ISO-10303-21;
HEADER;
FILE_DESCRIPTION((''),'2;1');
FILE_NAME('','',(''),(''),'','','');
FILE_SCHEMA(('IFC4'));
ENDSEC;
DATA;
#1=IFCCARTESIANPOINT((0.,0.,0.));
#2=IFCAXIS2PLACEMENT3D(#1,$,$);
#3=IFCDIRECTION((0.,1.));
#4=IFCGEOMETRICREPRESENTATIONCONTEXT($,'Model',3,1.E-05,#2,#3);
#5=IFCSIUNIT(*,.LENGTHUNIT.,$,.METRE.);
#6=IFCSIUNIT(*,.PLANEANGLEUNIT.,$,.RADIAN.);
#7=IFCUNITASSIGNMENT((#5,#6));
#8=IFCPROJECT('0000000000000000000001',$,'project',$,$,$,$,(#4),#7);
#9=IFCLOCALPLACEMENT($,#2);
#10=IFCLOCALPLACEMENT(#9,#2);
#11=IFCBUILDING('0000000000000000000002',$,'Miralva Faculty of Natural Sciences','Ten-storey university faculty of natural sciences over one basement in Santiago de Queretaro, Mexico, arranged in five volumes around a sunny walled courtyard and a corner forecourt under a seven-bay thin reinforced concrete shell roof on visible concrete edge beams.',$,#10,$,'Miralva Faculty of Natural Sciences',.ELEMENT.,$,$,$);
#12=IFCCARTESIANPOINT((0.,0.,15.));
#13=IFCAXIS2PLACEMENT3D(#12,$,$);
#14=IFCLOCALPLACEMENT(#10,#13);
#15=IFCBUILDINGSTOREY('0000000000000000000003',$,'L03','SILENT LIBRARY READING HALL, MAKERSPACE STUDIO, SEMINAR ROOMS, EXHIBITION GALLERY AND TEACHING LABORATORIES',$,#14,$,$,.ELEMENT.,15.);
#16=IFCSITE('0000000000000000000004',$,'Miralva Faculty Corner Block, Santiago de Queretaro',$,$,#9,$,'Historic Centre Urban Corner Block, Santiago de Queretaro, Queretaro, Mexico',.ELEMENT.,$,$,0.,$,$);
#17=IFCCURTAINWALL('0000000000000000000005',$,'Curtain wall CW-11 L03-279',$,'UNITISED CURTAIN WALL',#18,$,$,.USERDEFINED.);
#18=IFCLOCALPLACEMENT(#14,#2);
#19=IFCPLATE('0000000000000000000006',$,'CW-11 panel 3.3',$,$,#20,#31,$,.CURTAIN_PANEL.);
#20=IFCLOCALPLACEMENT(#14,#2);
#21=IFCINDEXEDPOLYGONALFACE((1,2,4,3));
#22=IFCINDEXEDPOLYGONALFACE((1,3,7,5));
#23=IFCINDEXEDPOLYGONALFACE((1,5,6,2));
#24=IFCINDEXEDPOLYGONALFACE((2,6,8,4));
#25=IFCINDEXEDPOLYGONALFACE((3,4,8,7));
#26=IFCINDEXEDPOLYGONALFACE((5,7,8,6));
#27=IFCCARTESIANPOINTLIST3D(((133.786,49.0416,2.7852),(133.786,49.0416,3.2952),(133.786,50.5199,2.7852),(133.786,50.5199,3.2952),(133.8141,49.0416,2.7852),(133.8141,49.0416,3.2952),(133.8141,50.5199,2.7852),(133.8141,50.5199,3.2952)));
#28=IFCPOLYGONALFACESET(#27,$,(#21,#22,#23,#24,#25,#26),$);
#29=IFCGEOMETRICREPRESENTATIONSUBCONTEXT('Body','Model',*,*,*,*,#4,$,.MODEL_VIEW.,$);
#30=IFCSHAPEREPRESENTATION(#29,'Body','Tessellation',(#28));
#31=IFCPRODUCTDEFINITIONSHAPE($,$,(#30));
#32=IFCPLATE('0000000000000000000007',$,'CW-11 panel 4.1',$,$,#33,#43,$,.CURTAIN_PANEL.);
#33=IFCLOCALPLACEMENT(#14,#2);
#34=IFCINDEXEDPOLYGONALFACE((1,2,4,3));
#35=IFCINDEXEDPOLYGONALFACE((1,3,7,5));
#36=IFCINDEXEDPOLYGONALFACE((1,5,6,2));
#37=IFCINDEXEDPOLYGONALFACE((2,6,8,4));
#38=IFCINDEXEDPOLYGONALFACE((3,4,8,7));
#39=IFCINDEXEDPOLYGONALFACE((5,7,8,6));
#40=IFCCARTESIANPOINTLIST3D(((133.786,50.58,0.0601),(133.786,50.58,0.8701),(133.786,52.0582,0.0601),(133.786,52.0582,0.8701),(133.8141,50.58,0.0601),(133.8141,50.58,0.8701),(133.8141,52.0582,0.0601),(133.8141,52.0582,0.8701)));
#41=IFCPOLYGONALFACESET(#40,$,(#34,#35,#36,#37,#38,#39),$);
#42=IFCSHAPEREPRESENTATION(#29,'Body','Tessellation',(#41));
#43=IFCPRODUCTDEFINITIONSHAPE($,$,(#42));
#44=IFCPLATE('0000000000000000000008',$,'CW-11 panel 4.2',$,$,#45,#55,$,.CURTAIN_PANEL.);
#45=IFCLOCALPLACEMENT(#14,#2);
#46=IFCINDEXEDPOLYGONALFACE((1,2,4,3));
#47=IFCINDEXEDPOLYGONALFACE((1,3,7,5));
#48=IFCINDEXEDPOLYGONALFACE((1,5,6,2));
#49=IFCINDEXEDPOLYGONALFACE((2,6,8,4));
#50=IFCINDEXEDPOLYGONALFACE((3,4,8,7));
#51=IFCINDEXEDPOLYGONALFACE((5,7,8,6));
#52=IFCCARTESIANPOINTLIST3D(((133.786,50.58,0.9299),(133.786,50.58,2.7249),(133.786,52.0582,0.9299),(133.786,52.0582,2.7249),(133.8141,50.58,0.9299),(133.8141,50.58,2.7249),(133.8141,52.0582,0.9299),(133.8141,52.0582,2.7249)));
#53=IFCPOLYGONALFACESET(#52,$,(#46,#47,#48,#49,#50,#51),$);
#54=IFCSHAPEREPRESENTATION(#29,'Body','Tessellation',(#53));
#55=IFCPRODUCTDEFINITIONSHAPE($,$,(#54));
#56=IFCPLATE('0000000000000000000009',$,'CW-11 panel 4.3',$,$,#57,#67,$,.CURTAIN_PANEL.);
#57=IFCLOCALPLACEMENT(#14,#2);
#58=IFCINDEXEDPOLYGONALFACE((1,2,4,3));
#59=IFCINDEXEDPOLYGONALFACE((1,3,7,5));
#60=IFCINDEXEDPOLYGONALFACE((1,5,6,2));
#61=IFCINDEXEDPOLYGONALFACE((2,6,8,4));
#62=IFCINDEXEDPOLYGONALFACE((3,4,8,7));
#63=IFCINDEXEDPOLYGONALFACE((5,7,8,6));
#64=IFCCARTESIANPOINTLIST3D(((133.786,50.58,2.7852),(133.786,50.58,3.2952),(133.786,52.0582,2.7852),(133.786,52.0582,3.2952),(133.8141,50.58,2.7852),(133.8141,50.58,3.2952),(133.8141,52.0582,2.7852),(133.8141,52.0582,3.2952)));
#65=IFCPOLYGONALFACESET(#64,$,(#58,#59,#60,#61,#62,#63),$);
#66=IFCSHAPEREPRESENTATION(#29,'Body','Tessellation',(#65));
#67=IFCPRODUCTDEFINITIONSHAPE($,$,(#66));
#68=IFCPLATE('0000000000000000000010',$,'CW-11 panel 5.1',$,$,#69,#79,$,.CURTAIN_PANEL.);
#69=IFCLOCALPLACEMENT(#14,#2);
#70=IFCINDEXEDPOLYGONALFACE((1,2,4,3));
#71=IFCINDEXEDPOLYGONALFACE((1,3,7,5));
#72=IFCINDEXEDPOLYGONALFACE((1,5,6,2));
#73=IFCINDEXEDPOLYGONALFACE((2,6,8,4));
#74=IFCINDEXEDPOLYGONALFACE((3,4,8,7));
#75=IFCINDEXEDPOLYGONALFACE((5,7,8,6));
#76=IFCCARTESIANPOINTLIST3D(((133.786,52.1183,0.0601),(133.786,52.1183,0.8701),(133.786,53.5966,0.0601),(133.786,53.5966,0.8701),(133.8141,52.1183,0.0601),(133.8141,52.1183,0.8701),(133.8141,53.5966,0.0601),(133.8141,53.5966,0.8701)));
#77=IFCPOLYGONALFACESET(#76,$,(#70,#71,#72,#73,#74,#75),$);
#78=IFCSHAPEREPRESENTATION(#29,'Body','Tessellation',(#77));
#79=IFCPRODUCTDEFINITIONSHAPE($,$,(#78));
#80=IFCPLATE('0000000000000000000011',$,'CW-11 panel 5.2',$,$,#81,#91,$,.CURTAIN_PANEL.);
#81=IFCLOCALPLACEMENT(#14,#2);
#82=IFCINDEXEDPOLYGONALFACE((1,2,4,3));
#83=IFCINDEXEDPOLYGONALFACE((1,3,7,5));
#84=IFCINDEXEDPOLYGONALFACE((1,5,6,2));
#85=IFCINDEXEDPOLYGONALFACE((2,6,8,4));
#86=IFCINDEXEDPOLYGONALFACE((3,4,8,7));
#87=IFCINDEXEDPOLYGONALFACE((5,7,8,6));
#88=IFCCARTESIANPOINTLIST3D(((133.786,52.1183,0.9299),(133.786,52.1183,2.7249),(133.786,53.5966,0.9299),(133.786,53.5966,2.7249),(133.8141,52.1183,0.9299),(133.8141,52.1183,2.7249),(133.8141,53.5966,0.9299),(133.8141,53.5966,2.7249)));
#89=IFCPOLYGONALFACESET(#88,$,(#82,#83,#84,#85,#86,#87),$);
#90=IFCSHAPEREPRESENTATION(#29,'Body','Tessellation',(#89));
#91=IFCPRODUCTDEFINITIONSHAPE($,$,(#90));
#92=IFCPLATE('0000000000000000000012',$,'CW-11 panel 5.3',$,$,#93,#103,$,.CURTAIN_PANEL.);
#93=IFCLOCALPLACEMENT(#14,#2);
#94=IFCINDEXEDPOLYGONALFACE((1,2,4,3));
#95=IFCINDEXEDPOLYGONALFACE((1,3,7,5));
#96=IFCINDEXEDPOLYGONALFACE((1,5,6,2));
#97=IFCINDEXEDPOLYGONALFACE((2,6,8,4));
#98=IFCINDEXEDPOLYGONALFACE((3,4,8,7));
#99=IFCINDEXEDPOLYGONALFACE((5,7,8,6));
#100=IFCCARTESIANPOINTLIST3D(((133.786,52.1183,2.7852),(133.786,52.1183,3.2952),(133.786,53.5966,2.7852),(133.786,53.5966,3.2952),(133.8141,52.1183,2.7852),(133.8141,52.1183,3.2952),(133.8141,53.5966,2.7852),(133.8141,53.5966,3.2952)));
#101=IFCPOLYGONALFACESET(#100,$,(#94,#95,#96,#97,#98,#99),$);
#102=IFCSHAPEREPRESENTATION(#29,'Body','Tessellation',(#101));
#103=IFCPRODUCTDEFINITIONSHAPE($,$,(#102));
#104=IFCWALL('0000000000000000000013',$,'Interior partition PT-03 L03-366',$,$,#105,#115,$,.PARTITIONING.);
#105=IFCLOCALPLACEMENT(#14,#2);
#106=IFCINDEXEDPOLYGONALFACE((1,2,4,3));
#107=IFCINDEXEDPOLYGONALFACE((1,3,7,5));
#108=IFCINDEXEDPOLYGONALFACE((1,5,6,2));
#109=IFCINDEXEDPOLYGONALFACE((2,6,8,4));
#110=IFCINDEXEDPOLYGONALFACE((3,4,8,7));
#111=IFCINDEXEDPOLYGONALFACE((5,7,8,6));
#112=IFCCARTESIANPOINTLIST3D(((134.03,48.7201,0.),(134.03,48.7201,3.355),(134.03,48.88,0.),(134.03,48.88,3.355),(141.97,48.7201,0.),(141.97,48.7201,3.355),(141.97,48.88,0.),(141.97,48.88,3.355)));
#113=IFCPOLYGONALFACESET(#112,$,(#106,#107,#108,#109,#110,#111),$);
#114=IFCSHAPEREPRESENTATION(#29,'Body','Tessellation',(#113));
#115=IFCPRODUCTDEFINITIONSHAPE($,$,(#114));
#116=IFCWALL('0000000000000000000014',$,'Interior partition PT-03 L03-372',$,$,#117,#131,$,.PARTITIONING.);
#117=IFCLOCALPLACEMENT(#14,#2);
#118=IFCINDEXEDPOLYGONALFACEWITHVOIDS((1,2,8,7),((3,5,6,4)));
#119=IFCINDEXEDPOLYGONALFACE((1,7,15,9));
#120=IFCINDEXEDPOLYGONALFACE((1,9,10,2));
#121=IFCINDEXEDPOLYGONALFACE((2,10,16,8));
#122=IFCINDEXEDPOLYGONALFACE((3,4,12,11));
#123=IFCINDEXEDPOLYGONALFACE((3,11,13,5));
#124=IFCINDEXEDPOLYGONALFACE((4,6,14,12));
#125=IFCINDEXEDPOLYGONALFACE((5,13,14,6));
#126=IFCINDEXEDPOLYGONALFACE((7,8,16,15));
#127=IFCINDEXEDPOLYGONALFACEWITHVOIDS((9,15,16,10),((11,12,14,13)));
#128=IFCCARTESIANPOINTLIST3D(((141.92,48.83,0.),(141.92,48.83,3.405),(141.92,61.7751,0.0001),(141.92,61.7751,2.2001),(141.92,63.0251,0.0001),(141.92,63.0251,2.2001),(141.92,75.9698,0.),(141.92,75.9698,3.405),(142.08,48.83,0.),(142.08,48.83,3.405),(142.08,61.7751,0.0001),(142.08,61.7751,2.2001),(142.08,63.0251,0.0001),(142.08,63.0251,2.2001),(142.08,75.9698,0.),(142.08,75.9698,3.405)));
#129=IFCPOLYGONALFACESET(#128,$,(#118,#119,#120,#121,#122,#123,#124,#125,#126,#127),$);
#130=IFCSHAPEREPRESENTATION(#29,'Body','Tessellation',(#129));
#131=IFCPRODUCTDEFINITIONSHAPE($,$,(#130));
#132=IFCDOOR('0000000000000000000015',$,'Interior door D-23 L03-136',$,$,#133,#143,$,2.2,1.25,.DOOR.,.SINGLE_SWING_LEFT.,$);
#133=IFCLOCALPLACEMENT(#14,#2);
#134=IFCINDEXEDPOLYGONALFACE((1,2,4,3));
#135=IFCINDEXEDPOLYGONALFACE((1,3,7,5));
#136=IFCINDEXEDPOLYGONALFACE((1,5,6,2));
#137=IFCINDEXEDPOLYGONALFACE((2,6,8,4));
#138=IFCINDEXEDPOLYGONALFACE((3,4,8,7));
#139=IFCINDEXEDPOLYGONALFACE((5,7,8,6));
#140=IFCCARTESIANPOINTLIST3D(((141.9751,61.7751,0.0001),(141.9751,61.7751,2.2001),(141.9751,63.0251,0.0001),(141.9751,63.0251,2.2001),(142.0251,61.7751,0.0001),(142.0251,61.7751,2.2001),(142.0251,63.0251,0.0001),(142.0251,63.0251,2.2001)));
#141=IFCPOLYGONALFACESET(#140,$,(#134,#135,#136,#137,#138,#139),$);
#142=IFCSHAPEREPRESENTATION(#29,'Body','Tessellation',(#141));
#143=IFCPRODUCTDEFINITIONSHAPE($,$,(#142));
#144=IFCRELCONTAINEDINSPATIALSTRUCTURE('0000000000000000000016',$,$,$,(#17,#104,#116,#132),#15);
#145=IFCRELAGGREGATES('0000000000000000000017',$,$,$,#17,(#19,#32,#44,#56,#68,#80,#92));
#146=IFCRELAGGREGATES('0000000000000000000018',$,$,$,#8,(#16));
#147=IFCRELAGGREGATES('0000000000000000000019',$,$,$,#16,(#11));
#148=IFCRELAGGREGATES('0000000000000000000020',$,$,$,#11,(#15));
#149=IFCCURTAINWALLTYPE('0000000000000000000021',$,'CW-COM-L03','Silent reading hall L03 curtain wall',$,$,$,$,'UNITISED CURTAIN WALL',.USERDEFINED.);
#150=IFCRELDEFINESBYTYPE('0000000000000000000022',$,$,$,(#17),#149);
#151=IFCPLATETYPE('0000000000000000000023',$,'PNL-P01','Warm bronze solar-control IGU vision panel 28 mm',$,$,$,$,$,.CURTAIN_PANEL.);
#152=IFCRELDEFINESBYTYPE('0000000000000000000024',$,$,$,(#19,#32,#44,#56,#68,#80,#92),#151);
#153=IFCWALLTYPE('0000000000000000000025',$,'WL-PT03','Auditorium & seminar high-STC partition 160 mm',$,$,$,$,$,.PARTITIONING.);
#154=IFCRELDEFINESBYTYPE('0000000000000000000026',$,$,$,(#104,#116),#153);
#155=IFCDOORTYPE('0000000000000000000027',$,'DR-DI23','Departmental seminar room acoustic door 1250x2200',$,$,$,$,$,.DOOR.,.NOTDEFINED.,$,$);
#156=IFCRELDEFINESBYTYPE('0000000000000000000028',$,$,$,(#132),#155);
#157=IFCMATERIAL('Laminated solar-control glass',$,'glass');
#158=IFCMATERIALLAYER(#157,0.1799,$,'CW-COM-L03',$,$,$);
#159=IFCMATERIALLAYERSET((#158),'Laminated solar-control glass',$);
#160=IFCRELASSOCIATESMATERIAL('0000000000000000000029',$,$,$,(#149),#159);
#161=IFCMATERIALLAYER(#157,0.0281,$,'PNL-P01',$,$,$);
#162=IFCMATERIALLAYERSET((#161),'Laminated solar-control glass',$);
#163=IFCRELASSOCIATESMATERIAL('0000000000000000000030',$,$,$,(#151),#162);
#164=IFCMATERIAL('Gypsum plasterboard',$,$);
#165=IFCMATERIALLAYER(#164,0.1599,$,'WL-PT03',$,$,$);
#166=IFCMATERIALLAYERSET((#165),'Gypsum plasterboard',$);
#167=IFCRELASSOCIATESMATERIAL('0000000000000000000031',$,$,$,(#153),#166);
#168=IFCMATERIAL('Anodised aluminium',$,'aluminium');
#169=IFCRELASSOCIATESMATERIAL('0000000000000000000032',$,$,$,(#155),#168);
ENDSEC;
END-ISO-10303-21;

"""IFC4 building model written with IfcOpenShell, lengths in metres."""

from ifc_helpers import new_model, si_unit, direction, frame, frame_2d, origin, origin_2d, place, context, subcontext, project, spatial, rectangle, extrude, material, layer, layer_set, type_object, element, fill, aggregate, save


model = new_model("IFC4")

# Units and contexts
model_context = context("Model", 3, precision=1e-05, world=origin(), true_north=direction((0.0, 1.0)))
body_context = subcontext(model_context, "Body", "Model", "MODEL_VIEW")
ifc_project = project(units=[si_unit("LENGTHUNIT", "METRE"), si_unit("PLANEANGLEUNIT", "RADIAN")], contexts=[model_context])

# Site, building, storey
site_placement = place(None, origin())
site = spatial("IfcSite", under=ifc_project, at=site_placement, Name="Miralva Faculty Corner Block, Santiago de Queretaro", LongName="Historic Centre Urban Corner Block, Santiago de Queretaro, Queretaro, Mexico", CompositionType="ELEMENT", RefElevation=0.0)
building_placement = place(site_placement, origin())
building = spatial("IfcBuilding", under=site, at=building_placement, Name="Miralva Faculty of Natural Sciences", Description="Ten-storey university faculty of natural sciences over one basement in Santiago de Queretaro, Mexico, arranged in five volumes around a sunny walled courtyard and a corner forecourt under a seven-bay thin reinforced concrete shell roof on visible concrete edge beams.", LongName="Miralva Faculty of Natural Sciences", CompositionType="ELEMENT")
storey_placement = place(building_placement, frame((0.0, 0.0, 15.0)))
storey = spatial("IfcBuildingStorey", under=building, at=storey_placement, Name="L03", Description="SILENT LIBRARY READING HALL, MAKERSPACE STUDIO, SEMINAR ROOMS, EXHIBITION GALLERY AND TEACHING LABORATORIES", CompositionType="ELEMENT", Elevation=15.0)

# Curtain wall, plates
ifc_material_1 = material(Name="Laminated solar-control glass", Category="glass")
ifc_layer_1 = layer(ifc_material_1, 0.1799, Name="CW-COM-L03")
ifc_layer_set_1 = layer_set([ifc_layer_1], Name="Laminated solar-control glass")
curtain_wall_type = type_object("IfcCurtainWallType", Name="CW-COM-L03", Description="Silent reading hall L03 curtain wall", ElementType="UNITISED CURTAIN WALL", PredefinedType="USERDEFINED", material=ifc_layer_set_1)
curtain_wall_placement = place(storey_placement, origin())
curtain_wall = element("IfcCurtainWall", 1, at=curtain_wall_placement, inside=storey, type_object=curtain_wall_type, Name="Curtain wall CW-11 L03-279", ObjectType="UNITISED CURTAIN WALL", PredefinedType="USERDEFINED")
ifc_material_2 = material(Name="Anodised aluminium", Category="aluminium")
ifc_layer_2 = layer(ifc_material_1, 0.0281, Name="PNL-P01")
ifc_layer_set_2 = layer_set([ifc_layer_2], Name="Laminated solar-control glass")
plate_type = type_object("IfcPlateType", Name="PNL-P01", Description="Warm bronze solar-control IGU vision panel 28 mm", PredefinedType="CURTAIN_PANEL", material=ifc_layer_set_2)
plate_1_placement = place(storey_placement, frame((133.8, 49.7808, 2.7852), z_axis=(0.0, 0.0, 1.0), x_axis=(0.0, 1.0, 0.0)))
plate_1 = element("IfcPlate", 2, at=plate_1_placement, type_object=plate_type, Name="CW-11 panel 3.3", PredefinedType="CURTAIN_PANEL", context=body_context, shape_type="SweptSolid", body=[
    extrude(rectangle(XDim=1.4783, YDim=0.0281, at=origin_2d()), origin(), (0.0, 0.0, 1.0), 0.51),
])
plate_2_placement = place(storey_placement, frame((133.8, 51.3191, 0.0601), z_axis=(0.0, 0.0, 1.0), x_axis=(0.0, 1.0, 0.0)))
plate_2 = element("IfcPlate", 3, at=plate_2_placement, type_object=plate_type, Name="CW-11 panel 4.1", PredefinedType="CURTAIN_PANEL", context=body_context, shape_type="SweptSolid", body=[
    extrude(rectangle(XDim=1.4783, YDim=0.0281, at=origin_2d()), origin(), (0.0, 0.0, 1.0), 0.8101),
])
plate_3_placement = place(storey_placement, frame((133.8, 51.3191, 0.9299), z_axis=(0.0, 0.0, 1.0), x_axis=(0.0, 1.0, 0.0)))
plate_3 = element("IfcPlate", 4, at=plate_3_placement, type_object=plate_type, Name="CW-11 panel 4.2", PredefinedType="CURTAIN_PANEL", context=body_context, shape_type="SweptSolid", body=[
    extrude(rectangle(XDim=1.4783, YDim=0.0281, at=origin_2d()), origin(), (0.0, 0.0, 1.0), 1.7949),
])
plate_4_placement = place(storey_placement, frame((133.8, 51.3191, 2.7852), z_axis=(0.0, 0.0, 1.0), x_axis=(0.0, 1.0, 0.0)))
plate_4 = element("IfcPlate", 5, at=plate_4_placement, type_object=plate_type, Name="CW-11 panel 4.3", PredefinedType="CURTAIN_PANEL", context=body_context, shape_type="SweptSolid", body=[
    extrude(rectangle(XDim=1.4783, YDim=0.0281, at=origin_2d()), origin(), (0.0, 0.0, 1.0), 0.51),
])
plate_5_placement = place(storey_placement, frame((133.8, 52.8574, 0.0601), z_axis=(0.0, 0.0, 1.0), x_axis=(0.0, 1.0, 0.0)))
plate_5 = element("IfcPlate", 6, at=plate_5_placement, type_object=plate_type, Name="CW-11 panel 5.1", PredefinedType="CURTAIN_PANEL", context=body_context, shape_type="SweptSolid", body=[
    extrude(rectangle(XDim=1.4783, YDim=0.0281, at=origin_2d()), origin(), (0.0, 0.0, 1.0), 0.8101),
])
plate_6_placement = place(storey_placement, frame((133.8, 52.8574, 0.9299), z_axis=(0.0, 0.0, 1.0), x_axis=(0.0, 1.0, 0.0)))
plate_6 = element("IfcPlate", 7, at=plate_6_placement, type_object=plate_type, Name="CW-11 panel 5.2", PredefinedType="CURTAIN_PANEL", context=body_context, shape_type="SweptSolid", body=[
    extrude(rectangle(XDim=1.4783, YDim=0.0281, at=origin_2d()), origin(), (0.0, 0.0, 1.0), 1.7949),
])
plate_7_placement = place(storey_placement, frame((133.8, 52.8574, 2.7852), z_axis=(0.0, 0.0, 1.0), x_axis=(0.0, 1.0, 0.0)))
plate_7 = element("IfcPlate", 8, at=plate_7_placement, type_object=plate_type, Name="CW-11 panel 5.3", PredefinedType="CURTAIN_PANEL", context=body_context, shape_type="SweptSolid", body=[
    extrude(rectangle(XDim=1.4783, YDim=0.0281, at=origin_2d()), origin(), (0.0, 0.0, 1.0), 0.51),
])
aggregate(curtain_wall, [plate_1, plate_2, plate_3, plate_4, plate_5, plate_6, plate_7])

# Wall
ifc_material_3 = material(Name="Gypsum plasterboard")
ifc_layer_3 = layer(ifc_material_3, 0.1599, Name="WL-PT03")
ifc_layer_set_3 = layer_set([ifc_layer_3], Name="Gypsum plasterboard")
wall_type = type_object("IfcWallType", Name="WL-PT03", Description="Auditorium & seminar high-STC partition 160 mm", PredefinedType="PARTITIONING", material=ifc_layer_set_3)
wall_1_placement = place(storey_placement, frame((134.03, 48.8, 0.0), z_axis=(0.0, 0.0, 1.0), x_axis=(1.0, 0.0, 0.0)))
element("IfcWall", 9, at=wall_1_placement, inside=storey, type_object=wall_type, Name="Interior partition PT-03 L03-366", PredefinedType="PARTITIONING", context=body_context, shape_type="SweptSolid", body=[
    extrude(rectangle(XDim=7.9399, YDim=0.1599, at=frame_2d((3.97, 0.0))), origin(), (0.0, 0.0, 1.0), 3.355),
])

# Wall, opening, door
wall_2_placement = place(storey_placement, frame((142.0, 48.8301, 0.0), z_axis=(0.0, 0.0, 1.0), x_axis=(0.0, 1.0, 0.0)))
wall_2 = element("IfcWall", 10, at=wall_2_placement, inside=storey, type_object=wall_type, Name="Interior partition PT-03 L03-372", PredefinedType="PARTITIONING", context=body_context, shape_type="SweptSolid", body=[
    extrude(rectangle(XDim=27.1399, YDim=0.1599, at=frame_2d((13.5698, 0.0))), origin(), (0.0, 0.0, 1.0), 3.405),
])
opening_placement = place(wall_2_placement, frame((12.9451, 0.0, 0.0)))
opening = element("IfcOpeningElement", 11, at=opening_placement, cuts=wall_2, PredefinedType="OPENING", context=body_context, shape_type="SweptSolid", body=[
    extrude(rectangle(XDim=1.25, YDim=2.2, at=frame_2d((0.625, 1.1001))), frame((0.0, 0.0898, 0.0), z_axis=(0.0, -1.0, 0.0), x_axis=(1.0, 0.0, 0.0)), (0.0, 0.0, 1.0), 0.1799),
])
door_type = type_object("IfcDoorType", Name="DR-DI23", Description="Departmental seminar room acoustic door 1250x2200", OperationType="NOTDEFINED", PredefinedType="DOOR", material=ifc_material_2)
door_placement = place(opening_placement, origin())
door = element("IfcDoor", 12, at=door_placement, inside=storey, type_object=door_type, Name="Interior door D-23 L03-136", OperationType="SINGLE_SWING_LEFT", OverallHeight=2.2, OverallWidth=1.25, PredefinedType="DOOR", context=body_context, shape_type="SweptSolid", body=[
    extrude(rectangle(XDim=1.25, YDim=2.2, at=frame_2d((0.625, 1.1001))), frame((0.0, 0.0249, 0.0), z_axis=(0.0, -1.0, 0.0), x_axis=(1.0, 0.0, 0.0)), (0.0, 0.0, 1.0), 0.05),
])
fill(opening, door)

save(model, "model.ifc")
